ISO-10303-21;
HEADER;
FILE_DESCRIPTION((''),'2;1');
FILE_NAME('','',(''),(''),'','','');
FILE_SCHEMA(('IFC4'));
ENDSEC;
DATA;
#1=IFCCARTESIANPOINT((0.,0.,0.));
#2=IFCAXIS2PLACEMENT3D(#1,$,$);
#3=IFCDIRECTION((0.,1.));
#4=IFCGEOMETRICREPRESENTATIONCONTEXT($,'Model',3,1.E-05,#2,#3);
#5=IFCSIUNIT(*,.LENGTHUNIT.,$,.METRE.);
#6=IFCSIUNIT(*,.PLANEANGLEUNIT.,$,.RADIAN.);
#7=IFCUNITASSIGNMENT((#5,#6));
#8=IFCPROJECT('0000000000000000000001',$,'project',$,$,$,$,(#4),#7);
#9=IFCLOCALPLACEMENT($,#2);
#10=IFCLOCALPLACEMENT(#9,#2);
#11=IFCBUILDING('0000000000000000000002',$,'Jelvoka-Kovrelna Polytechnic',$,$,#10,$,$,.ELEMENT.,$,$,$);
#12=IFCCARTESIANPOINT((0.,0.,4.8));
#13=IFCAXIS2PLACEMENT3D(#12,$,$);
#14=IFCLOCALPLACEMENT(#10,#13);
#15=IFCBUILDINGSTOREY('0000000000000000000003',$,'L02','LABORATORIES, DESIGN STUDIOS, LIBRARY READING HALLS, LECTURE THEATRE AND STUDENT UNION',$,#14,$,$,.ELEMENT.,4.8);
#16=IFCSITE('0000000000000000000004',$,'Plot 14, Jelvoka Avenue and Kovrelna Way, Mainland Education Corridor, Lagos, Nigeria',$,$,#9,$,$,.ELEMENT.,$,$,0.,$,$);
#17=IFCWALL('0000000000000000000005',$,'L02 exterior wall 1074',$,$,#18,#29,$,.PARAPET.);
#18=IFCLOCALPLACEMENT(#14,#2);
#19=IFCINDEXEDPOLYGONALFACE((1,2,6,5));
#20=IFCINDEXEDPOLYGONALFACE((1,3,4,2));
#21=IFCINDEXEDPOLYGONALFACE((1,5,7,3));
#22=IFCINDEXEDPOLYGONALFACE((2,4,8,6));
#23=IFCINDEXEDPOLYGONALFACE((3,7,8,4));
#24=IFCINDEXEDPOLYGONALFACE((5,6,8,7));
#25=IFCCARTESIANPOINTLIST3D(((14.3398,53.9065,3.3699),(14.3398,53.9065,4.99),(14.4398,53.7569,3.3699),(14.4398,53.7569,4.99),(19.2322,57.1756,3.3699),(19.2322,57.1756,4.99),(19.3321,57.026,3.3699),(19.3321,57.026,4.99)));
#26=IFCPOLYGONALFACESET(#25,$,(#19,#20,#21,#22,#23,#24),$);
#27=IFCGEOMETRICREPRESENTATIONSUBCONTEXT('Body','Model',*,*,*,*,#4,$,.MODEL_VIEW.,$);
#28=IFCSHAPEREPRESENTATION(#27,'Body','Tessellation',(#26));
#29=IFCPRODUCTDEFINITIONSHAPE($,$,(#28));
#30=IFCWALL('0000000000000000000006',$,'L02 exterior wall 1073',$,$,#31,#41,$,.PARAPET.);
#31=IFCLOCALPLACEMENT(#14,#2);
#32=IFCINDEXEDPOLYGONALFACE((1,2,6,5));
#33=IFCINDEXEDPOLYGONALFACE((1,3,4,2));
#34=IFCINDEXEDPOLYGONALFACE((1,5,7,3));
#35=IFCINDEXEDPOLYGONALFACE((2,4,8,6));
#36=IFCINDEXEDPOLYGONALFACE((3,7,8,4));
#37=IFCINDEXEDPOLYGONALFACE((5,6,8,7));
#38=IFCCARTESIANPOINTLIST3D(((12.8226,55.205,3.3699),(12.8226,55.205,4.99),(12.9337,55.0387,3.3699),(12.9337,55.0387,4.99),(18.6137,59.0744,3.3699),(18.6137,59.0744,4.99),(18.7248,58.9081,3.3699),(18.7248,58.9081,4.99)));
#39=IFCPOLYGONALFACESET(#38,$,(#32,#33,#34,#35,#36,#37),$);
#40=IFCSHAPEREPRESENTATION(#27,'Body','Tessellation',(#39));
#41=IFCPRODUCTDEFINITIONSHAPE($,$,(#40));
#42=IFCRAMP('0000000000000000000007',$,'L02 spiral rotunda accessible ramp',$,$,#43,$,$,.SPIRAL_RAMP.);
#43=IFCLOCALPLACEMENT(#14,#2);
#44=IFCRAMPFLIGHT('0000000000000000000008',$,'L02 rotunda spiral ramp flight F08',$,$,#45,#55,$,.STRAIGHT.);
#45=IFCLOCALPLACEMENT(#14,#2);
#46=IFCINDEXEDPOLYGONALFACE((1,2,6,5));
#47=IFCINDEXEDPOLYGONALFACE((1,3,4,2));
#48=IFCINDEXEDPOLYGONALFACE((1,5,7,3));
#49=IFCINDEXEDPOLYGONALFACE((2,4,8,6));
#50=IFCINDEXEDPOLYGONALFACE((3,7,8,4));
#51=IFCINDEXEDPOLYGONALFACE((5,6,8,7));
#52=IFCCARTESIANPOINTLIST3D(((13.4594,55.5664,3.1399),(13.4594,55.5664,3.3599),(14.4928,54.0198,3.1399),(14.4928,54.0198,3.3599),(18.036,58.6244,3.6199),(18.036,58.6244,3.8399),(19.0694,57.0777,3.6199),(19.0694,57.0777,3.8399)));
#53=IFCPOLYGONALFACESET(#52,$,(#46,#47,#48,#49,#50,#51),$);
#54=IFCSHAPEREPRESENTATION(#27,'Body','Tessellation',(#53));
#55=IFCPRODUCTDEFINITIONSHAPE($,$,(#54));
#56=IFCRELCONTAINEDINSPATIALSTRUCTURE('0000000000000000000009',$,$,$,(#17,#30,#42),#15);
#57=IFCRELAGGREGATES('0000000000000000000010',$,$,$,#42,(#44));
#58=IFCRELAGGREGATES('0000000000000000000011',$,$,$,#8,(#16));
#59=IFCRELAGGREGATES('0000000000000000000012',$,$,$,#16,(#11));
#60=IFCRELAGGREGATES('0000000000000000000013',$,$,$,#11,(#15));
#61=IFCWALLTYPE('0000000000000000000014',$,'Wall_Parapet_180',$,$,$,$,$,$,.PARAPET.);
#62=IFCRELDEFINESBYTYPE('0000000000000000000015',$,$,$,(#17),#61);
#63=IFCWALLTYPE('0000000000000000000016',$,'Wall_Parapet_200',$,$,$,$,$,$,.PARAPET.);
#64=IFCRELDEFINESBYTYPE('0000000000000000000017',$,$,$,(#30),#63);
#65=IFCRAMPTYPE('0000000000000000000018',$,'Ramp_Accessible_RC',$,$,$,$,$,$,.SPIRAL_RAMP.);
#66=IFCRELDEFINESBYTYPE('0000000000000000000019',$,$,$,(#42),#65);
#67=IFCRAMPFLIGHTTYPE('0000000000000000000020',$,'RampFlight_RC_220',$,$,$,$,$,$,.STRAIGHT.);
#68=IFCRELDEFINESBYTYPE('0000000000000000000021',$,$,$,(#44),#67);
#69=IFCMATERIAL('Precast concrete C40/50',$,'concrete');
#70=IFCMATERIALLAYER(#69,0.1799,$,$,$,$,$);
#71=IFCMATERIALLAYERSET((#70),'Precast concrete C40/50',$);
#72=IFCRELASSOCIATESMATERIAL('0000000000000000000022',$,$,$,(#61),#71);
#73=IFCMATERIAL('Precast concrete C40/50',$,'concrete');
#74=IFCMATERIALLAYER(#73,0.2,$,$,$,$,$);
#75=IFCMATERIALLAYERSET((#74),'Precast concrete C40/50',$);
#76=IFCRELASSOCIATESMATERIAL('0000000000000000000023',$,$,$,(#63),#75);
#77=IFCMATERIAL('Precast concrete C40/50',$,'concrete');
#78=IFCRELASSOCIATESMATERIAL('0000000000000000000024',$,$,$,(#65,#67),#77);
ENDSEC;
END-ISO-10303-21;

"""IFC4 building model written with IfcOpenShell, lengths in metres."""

from ifc_helpers import new_model, si_unit, direction, frame, frame_2d, origin, place, context, subcontext, project, spatial, polyline, rectangle, outline, extrude, material, layer, layer_set, type_object, element, aggregate, save


model = new_model("IFC4")

# Units and contexts
model_context = context("Model", 3, precision=1e-05, world=origin(), true_north=direction((0.0, 1.0)))
body_context = subcontext(model_context, "Body", "Model", "MODEL_VIEW")
ifc_project = project(units=[si_unit("LENGTHUNIT", "METRE"), si_unit("PLANEANGLEUNIT", "RADIAN")], contexts=[model_context])

# Site, building, storey
site_placement = place(None, origin())
site = spatial("IfcSite", under=ifc_project, at=site_placement, Name="Plot 14, Jelvoka Avenue and Kovrelna Way, Mainland Education Corridor, Lagos, Nigeria", CompositionType="ELEMENT", RefElevation=0.0)
building_placement = place(site_placement, origin())
building = spatial("IfcBuilding", under=site, at=building_placement, Name="Jelvoka-Kovrelna Polytechnic", CompositionType="ELEMENT")
storey_placement = place(building_placement, frame((0.0, 0.0, 4.8)))
storey = spatial("IfcBuildingStorey", under=building, at=storey_placement, Name="L02", Description="LABORATORIES, DESIGN STUDIOS, LIBRARY READING HALLS, LECTURE THEATRE AND STUDENT UNION", CompositionType="ELEMENT", Elevation=4.8)

# Walls
ifc_material_1 = material(Name="Precast concrete C40/50", Category="concrete")
ifc_layer_1 = layer(ifc_material_1, 0.1799)
ifc_layer_set_1 = layer_set([ifc_layer_1], Name="Precast concrete C40/50")
wall_type_1 = type_object("IfcWallType", Name="Wall_Parapet_180", PredefinedType="PARAPET", material=ifc_layer_set_1)
wall_1_placement = place(storey_placement, frame((14.3899, 53.8318, 3.3699), z_axis=(0.0, 0.0, 1.0), x_axis=(0.831463, 0.555581, 0.0)))
element("IfcWall", 1, at=wall_1_placement, inside=storey, type_object=wall_type_1, Name="L02 exterior wall 1074", PredefinedType="PARAPET", context=body_context, shape_type="SweptSolid", body=[
    extrude(rectangle(XDim=5.884, YDim=0.1799, at=frame_2d((2.9419, 0.0))), origin(), (0.0, 0.0, 1.0), 1.6201),
])
ifc_material_2 = material(Name="Precast concrete C40/50", Category="concrete")
ifc_layer_2 = layer(ifc_material_2, 0.2)
ifc_layer_set_2 = layer_set([ifc_layer_2], Name="Precast concrete C40/50")
wall_type_2 = type_object("IfcWallType", Name="Wall_Parapet_200", PredefinedType="PARAPET", material=ifc_layer_set_2)
wall_2_placement = place(storey_placement, frame((12.8782, 55.1218, 3.3699), z_axis=(0.0, 0.0, 1.0), x_axis=(0.831473, 0.555565, 0.0)))
element("IfcWall", 2, at=wall_2_placement, inside=storey, type_object=wall_type_2, Name="L02 exterior wall 1073", PredefinedType="PARAPET", context=body_context, shape_type="SweptSolid", body=[
    extrude(rectangle(XDim=6.9648, YDim=0.2, at=frame_2d((3.4824, 0.0))), origin(), (0.0, 0.0, 1.0), 1.6201),
])

# Ramp, ramp flight
ifc_material_3 = material(Name="Precast concrete C40/50", Category="concrete")
ramp_type = type_object("IfcRampType", Name="Ramp_Accessible_RC", PredefinedType="SPIRAL_RAMP", material=ifc_material_3)
ramp_placement = place(storey_placement, origin())
ramp = element("IfcRamp", 3, at=ramp_placement, inside=storey, type_object=ramp_type, Name="L02 spiral rotunda accessible ramp", PredefinedType="SPIRAL_RAMP")
ramp_flight_type = type_object("IfcRampFlightType", Name="RampFlight_RC_220", PredefinedType="STRAIGHT", material=ifc_material_3)
ramp_flight_placement = place(None, frame((13.9761, 54.7932, 8.1599), z_axis=(0.0, 0.0, 1.0), x_axis=(0.831471, 0.555568, 0.0)))
ramp_flight = element("IfcRampFlight", 4, at=ramp_flight_placement, type_object=ramp_flight_type, Name="L02 rotunda spiral ramp flight F08", PredefinedType="STRAIGHT", context=body_context, shape_type="SweptSolid", body=[
    extrude(outline(polyline([(0.0, 0.0), (5.5042, 0.48), (5.5042, 0.26), (0.0, -0.22), (0.0, 0.0)])), frame((0.0, 0.9299, 0.0), z_axis=(0.0, -1.0, 0.0), x_axis=(1.0, 0.0, 0.0)), (0.0, 0.0, 1.0), 1.8601),
])
aggregate(ramp, [ramp_flight])

save(model, "model.ifc")
